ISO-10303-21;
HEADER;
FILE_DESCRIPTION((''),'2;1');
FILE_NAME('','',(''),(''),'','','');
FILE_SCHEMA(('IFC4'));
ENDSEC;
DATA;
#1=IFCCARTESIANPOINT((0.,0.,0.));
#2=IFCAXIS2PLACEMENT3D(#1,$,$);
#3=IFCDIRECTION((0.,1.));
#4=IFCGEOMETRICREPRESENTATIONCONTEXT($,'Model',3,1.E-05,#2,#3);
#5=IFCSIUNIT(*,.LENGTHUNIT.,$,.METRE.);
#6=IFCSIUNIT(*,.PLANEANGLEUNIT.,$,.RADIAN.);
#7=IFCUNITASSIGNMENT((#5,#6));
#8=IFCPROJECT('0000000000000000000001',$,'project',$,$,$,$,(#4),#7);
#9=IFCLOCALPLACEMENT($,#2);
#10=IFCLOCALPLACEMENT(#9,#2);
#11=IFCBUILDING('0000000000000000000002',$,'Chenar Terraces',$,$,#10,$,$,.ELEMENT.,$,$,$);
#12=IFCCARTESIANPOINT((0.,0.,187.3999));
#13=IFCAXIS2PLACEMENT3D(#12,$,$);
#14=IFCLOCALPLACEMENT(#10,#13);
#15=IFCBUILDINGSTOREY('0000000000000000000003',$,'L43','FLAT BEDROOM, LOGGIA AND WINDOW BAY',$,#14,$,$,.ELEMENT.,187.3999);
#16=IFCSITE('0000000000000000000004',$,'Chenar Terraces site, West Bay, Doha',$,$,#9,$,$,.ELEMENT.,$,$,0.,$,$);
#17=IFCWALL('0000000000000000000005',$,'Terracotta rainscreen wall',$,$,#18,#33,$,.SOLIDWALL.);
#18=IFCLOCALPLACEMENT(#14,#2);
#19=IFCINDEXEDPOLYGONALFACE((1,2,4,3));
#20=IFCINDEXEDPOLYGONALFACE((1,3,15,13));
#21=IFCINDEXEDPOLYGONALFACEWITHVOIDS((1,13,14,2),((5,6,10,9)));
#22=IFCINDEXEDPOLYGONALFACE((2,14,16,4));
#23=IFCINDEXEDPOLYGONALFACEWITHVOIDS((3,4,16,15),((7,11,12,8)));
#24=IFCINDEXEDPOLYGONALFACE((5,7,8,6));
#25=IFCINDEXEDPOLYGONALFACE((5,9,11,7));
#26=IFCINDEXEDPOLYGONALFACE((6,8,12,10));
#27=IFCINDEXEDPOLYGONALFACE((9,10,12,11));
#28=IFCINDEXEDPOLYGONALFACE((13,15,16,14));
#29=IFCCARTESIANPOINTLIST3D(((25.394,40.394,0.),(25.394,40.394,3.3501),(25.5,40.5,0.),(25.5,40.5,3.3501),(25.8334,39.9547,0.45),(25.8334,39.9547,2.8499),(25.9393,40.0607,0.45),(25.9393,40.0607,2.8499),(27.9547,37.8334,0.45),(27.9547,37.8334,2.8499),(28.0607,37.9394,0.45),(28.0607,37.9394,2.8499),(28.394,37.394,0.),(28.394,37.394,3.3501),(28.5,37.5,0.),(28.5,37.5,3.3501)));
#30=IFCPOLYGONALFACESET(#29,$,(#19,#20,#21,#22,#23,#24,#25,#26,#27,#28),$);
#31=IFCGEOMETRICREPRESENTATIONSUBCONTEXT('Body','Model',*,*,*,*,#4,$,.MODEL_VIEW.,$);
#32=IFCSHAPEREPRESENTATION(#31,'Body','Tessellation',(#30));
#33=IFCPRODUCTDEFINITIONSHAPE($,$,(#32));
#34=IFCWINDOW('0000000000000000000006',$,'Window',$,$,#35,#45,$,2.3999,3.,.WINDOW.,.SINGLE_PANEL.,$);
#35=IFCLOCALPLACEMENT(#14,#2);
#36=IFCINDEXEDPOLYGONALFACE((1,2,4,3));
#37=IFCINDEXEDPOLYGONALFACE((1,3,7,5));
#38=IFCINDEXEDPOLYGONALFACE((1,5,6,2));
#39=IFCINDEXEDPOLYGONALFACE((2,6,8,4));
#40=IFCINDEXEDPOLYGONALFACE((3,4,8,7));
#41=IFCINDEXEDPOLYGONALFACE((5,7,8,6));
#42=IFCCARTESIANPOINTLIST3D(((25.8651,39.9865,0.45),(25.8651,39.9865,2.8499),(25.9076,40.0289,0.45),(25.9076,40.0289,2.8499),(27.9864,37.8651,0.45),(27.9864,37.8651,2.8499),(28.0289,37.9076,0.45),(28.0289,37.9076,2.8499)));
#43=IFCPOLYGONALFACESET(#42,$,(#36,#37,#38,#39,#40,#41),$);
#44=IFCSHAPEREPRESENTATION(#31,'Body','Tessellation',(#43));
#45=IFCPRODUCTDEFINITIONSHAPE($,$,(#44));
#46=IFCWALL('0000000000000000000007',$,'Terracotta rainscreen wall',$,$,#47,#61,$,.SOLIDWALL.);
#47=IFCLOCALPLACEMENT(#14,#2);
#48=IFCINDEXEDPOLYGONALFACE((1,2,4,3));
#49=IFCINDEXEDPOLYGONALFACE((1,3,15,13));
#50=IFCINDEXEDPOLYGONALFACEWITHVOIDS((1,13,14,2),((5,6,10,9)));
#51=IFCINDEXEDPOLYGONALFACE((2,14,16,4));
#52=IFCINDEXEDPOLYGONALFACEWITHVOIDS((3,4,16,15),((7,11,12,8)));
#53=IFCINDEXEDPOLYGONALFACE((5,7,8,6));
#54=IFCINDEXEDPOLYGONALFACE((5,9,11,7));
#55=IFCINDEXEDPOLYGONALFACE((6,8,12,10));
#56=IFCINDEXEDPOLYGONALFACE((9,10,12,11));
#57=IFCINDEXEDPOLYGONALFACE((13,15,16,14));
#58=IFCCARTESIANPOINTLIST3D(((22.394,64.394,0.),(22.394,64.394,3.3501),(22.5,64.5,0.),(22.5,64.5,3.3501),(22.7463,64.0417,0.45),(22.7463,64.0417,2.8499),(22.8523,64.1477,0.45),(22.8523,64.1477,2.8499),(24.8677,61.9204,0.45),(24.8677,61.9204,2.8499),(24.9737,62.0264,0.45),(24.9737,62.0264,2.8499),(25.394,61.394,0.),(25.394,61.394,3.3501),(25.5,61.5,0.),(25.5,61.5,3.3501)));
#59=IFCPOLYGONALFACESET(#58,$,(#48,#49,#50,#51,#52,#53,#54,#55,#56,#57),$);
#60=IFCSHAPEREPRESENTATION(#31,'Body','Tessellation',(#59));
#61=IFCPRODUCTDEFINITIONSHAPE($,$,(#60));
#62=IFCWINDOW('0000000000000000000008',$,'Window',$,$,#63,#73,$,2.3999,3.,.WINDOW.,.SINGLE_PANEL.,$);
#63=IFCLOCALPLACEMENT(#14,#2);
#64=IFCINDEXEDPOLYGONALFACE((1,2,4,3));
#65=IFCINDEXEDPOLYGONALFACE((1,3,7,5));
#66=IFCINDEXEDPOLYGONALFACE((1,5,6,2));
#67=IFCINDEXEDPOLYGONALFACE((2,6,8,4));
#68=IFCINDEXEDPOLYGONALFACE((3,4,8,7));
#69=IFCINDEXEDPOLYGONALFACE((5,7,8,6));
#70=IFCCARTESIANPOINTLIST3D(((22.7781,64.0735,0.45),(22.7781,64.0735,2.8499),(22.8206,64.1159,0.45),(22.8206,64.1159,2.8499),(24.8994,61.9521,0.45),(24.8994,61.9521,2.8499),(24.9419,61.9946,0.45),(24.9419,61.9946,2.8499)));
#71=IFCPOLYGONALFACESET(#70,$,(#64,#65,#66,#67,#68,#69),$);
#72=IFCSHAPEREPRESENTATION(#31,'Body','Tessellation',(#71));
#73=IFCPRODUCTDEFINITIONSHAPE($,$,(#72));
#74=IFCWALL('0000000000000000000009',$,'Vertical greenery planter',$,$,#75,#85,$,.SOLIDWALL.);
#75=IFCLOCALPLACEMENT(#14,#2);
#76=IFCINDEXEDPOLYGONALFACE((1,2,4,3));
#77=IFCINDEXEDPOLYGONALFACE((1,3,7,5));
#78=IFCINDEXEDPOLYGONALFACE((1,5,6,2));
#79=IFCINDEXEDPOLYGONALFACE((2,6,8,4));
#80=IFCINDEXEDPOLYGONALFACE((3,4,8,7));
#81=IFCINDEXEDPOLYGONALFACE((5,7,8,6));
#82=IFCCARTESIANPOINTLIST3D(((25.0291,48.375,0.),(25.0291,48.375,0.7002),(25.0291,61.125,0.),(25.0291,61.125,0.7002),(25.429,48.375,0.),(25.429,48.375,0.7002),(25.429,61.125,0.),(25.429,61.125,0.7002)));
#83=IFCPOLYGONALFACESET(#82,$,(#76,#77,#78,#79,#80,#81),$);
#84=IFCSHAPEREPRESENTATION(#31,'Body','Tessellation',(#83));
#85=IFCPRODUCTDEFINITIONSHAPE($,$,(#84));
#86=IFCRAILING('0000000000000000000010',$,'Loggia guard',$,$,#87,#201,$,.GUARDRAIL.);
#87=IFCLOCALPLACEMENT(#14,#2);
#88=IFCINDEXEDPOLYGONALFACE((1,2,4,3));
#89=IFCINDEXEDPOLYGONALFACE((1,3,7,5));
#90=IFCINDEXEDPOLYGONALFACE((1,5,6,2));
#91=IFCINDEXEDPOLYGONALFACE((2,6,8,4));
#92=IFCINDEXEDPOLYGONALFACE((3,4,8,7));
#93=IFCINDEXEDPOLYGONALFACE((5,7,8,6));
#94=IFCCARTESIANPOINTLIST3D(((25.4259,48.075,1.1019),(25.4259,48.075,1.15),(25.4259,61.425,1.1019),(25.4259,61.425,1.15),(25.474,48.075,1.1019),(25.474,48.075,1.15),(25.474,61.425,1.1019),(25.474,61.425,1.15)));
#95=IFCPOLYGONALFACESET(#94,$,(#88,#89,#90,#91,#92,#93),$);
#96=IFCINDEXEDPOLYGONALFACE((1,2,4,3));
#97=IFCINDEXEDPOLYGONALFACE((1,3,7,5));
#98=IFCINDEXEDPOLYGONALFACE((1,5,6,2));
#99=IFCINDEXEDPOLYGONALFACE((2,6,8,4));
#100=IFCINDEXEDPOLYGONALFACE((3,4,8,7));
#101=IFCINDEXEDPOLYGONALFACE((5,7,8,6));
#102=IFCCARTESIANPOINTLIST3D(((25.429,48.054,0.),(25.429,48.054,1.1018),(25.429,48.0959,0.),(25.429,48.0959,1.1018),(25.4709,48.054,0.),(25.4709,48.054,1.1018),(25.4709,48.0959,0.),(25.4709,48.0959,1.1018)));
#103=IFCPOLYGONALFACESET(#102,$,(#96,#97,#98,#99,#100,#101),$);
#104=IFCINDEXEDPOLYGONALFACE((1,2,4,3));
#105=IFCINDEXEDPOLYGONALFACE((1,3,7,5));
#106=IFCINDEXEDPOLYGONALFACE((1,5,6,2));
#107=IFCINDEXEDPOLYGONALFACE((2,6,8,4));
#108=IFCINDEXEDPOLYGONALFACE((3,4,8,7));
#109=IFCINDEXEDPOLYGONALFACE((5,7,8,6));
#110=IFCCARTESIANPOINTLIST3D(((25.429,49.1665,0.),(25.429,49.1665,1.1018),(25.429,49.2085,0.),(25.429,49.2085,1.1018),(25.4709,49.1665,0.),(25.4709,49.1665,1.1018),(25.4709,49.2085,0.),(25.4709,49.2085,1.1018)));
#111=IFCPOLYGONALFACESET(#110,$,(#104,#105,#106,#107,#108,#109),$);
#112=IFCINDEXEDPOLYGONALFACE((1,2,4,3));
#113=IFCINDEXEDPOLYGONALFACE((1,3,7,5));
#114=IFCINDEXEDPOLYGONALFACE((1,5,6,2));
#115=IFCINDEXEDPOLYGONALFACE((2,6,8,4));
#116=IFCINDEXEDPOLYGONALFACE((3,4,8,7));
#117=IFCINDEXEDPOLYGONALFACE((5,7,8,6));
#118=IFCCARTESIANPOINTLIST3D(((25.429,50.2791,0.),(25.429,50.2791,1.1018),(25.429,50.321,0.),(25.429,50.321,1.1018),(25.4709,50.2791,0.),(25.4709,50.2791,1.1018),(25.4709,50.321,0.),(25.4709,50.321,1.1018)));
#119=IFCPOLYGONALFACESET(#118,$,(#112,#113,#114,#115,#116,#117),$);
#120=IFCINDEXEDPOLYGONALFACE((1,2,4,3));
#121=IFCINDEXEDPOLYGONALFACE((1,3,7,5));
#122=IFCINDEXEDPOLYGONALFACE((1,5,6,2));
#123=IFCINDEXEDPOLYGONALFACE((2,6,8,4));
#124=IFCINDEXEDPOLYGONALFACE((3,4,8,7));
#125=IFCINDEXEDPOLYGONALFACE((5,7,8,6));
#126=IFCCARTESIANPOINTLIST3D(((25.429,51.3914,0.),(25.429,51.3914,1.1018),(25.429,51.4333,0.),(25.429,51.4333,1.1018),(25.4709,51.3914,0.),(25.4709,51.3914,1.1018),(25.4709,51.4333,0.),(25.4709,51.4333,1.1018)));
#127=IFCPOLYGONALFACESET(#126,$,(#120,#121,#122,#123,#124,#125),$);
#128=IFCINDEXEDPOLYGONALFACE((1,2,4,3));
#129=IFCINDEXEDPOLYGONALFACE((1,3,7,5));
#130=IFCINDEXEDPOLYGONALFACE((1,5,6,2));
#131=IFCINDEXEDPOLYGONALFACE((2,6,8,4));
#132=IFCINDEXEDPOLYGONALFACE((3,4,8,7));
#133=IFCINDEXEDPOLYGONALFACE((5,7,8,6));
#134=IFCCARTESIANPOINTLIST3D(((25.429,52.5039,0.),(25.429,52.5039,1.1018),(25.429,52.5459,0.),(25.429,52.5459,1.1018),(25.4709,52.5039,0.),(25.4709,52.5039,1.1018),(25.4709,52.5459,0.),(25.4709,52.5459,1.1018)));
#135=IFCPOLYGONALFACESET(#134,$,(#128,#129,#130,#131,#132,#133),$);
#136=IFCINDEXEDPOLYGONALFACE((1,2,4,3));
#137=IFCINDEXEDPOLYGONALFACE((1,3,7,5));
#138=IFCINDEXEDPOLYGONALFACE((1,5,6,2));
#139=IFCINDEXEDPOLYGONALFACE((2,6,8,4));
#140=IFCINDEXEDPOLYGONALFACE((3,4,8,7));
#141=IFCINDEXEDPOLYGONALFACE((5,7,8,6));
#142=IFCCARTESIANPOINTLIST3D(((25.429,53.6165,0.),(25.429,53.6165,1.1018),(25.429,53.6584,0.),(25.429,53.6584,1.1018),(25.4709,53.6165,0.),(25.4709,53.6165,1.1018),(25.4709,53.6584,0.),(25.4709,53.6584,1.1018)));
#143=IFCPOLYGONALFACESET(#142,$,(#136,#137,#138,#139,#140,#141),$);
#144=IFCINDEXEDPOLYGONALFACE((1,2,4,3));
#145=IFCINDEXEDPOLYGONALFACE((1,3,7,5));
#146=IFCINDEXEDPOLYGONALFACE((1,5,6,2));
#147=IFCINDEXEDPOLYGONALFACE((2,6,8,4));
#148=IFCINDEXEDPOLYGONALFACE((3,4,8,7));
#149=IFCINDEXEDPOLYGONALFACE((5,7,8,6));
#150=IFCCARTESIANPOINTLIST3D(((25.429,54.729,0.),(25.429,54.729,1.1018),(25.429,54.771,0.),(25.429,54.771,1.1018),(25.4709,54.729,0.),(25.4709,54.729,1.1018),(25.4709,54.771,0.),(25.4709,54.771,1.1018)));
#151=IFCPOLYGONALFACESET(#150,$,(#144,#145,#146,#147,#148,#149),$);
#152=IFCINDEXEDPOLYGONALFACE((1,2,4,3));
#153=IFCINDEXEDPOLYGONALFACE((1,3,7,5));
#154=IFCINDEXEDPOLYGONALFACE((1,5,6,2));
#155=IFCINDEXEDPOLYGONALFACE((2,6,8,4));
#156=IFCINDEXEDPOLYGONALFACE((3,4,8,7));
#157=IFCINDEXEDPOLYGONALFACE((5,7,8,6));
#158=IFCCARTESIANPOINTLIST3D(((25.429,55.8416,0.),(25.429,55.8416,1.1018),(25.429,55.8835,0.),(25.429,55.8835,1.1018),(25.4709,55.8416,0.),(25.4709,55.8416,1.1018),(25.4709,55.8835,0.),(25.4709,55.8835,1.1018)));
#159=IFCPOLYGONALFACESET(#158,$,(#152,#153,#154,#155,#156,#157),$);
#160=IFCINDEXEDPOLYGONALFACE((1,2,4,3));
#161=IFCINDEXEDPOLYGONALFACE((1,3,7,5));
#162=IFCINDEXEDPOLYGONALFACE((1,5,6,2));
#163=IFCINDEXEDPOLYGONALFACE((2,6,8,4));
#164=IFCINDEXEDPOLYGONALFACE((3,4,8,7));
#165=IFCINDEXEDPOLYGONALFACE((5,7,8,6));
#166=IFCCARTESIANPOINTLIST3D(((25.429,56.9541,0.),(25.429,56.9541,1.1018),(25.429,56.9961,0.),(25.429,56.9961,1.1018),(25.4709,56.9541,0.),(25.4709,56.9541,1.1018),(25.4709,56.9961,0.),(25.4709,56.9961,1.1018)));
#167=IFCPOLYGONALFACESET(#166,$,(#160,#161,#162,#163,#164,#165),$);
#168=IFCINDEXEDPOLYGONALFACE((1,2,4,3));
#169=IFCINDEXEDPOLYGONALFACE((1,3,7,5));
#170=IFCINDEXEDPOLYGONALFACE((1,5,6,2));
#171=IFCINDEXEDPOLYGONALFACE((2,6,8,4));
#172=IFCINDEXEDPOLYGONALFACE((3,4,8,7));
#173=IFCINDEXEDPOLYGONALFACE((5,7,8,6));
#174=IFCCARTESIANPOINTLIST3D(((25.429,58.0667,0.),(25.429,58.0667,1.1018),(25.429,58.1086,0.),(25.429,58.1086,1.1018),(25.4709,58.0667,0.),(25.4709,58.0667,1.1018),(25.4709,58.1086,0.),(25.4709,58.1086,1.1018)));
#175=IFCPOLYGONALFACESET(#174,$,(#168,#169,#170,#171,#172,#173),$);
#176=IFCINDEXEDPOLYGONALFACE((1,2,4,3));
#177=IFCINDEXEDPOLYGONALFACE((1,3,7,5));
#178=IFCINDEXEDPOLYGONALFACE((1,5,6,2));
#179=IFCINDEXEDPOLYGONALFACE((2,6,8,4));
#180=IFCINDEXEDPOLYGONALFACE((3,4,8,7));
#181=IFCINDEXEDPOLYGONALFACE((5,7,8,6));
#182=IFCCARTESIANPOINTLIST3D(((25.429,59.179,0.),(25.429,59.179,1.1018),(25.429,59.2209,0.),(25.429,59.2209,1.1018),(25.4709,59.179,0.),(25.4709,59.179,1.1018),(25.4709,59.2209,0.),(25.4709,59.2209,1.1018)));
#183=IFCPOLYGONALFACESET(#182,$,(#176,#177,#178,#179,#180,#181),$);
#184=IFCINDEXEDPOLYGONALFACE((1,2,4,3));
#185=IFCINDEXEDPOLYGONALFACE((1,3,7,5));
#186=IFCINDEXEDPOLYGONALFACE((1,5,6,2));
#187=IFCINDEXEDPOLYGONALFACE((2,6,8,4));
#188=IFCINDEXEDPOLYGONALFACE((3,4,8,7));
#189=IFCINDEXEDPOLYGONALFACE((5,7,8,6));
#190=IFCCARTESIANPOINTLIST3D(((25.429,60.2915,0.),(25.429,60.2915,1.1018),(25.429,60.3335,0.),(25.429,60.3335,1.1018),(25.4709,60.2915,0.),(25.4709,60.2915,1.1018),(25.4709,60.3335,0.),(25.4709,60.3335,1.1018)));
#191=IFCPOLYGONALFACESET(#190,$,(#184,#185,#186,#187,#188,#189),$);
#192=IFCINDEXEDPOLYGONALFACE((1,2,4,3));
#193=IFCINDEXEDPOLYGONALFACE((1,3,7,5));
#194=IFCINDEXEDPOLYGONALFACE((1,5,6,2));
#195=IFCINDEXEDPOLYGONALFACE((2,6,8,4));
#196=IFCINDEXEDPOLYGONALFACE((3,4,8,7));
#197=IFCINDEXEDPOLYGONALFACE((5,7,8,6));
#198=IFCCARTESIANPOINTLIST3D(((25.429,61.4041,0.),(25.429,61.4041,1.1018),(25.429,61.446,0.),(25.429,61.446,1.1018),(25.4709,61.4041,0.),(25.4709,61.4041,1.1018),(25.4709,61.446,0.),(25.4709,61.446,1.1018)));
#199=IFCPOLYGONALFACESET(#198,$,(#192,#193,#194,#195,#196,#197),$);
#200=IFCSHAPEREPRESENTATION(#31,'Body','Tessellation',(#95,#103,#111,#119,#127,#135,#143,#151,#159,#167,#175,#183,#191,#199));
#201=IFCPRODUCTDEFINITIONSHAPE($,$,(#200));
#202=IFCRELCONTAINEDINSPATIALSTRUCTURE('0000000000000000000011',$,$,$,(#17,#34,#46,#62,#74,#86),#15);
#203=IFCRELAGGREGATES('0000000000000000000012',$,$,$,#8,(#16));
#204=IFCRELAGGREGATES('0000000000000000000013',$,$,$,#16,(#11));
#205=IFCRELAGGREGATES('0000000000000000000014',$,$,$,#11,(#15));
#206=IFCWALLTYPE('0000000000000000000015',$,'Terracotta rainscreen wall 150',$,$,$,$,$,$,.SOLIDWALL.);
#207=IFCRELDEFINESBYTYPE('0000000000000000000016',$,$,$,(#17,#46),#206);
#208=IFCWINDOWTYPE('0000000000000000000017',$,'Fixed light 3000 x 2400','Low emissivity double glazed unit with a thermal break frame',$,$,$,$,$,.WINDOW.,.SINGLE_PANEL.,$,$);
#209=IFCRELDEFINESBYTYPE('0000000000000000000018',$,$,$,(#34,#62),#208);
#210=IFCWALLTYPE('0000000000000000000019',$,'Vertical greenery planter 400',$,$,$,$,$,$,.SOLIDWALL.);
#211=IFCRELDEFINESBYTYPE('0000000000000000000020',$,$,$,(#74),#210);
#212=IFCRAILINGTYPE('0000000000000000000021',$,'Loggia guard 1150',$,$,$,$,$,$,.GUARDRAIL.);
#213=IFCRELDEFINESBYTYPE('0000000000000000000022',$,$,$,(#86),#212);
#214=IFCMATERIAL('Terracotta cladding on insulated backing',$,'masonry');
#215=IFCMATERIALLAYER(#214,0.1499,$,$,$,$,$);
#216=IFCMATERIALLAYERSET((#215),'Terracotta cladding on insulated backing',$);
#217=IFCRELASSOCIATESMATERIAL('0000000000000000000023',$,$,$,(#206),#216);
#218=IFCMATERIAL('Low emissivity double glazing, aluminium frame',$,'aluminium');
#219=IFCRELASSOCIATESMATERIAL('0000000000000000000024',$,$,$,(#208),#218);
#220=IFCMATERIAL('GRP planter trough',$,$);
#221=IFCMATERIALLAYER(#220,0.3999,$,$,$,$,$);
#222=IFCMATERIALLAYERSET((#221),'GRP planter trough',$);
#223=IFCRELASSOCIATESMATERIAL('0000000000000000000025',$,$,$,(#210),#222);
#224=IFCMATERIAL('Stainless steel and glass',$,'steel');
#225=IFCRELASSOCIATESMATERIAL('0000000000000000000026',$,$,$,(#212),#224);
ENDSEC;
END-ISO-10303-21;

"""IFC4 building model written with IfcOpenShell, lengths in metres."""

from ifc_helpers import new_model, si_unit, direction, frame, frame_2d, origin, origin_2d, place, context, subcontext, project, spatial, rectangle, extrude, material, layer, layer_set, type_object, element, fill, save


model = new_model("IFC4")

# Units and contexts
model_context = context("Model", 3, precision=1e-05, world=origin(), true_north=direction((0.0, 1.0)))
body_context = subcontext(model_context, "Body", "Model", "MODEL_VIEW")
ifc_project = project(units=[si_unit("LENGTHUNIT", "METRE"), si_unit("PLANEANGLEUNIT", "RADIAN")], contexts=[model_context])

# Site, building, storey
site_placement = place(None, origin())
site = spatial("IfcSite", under=ifc_project, at=site_placement, Name="Chenar Terraces site, West Bay, Doha", CompositionType="ELEMENT", RefElevation=0.0)
building_placement = place(site_placement, origin())
building = spatial("IfcBuilding", under=site, at=building_placement, Name="Chenar Terraces", CompositionType="ELEMENT")
storey_placement = place(building_placement, frame((0.0, 0.0, 187.3999)))
storey = spatial("IfcBuildingStorey", under=building, at=storey_placement, Name="L43", Description="FLAT BEDROOM, LOGGIA AND WINDOW BAY", CompositionType="ELEMENT", Elevation=187.3999)

# Walls, openings, windows
ifc_material_1 = material(Name="Terracotta cladding on insulated backing", Category="masonry")
ifc_layer_1 = layer(ifc_material_1, 0.1499)
ifc_layer_set_1 = layer_set([ifc_layer_1], Name="Terracotta cladding on insulated backing")
wall_type_1 = type_object("IfcWallType", Name="Terracotta rainscreen wall 150", PredefinedType="SOLIDWALL", material=ifc_layer_set_1)
wall_1_placement = place(storey_placement, frame((28.447, 37.447, 0.0), z_axis=(0.0, 0.0, 1.0), x_axis=(-0.707107, 0.707107, 0.0)))
wall_1 = element("IfcWall", 1, at=wall_1_placement, inside=storey, type_object=wall_type_1, Name="Terracotta rainscreen wall", PredefinedType="SOLIDWALL", context=body_context, shape_type="SweptSolid", body=[
    extrude(rectangle(XDim=4.2427, YDim=0.1499, at=frame_2d((2.1213, 0.0))), origin(), (0.0, 0.0, 1.0), 3.3501),
])
opening_1_placement = place(wall_1_placement, frame((0.6213, 0.0, 0.45)))
opening_1 = element("IfcOpeningElement", 2, at=opening_1_placement, cuts=wall_1, PredefinedType="OPENING", context=body_context, shape_type="SweptSolid", body=[
    extrude(rectangle(XDim=3.0, YDim=2.3999, at=frame_2d((1.5, 1.2))), frame((0.0, 0.085, 0.0), z_axis=(0.0, -1.0, 0.0), x_axis=(1.0, 0.0, 0.0)), (0.0, 0.0, 1.0), 0.1699),
])
ifc_material_2 = material(Name="Low emissivity double glazing, aluminium frame", Category="aluminium")
window_type_1 = type_object("IfcWindowType", Name="Fixed light 3000 x 2400", Description="Low emissivity double glazed unit with a thermal break frame", PartitioningType="SINGLE_PANEL", PredefinedType="WINDOW", material=ifc_material_2)
window_1_placement = place(opening_1_placement, origin())
window_1 = element("IfcWindow", 3, at=window_1_placement, inside=storey, type_object=window_type_1, Name="Window", OverallHeight=2.3999, OverallWidth=3.0, PartitioningType="SINGLE_PANEL", PredefinedType="WINDOW", context=body_context, shape_type="SweptSolid", body=[
    extrude(rectangle(XDim=3.0, YDim=2.3999, at=frame_2d((1.5, 1.2))), frame((0.0, 0.03, 0.0), z_axis=(0.0, -1.0, 0.0), x_axis=(1.0, 0.0, 0.0)), (0.0, 0.0, 1.0), 0.0601),
])
fill(opening_1, window_1)
wall_2_placement = place(storey_placement, frame((25.447, 61.447, 0.0), z_axis=(0.0, 0.0, 1.0), x_axis=(-0.707107, 0.707107, 0.0)))
wall_2 = element("IfcWall", 4, at=wall_2_placement, inside=storey, type_object=wall_type_1, Name="Terracotta rainscreen wall", PredefinedType="SOLIDWALL", context=body_context, shape_type="SweptSolid", body=[
    extrude(rectangle(XDim=4.2427, YDim=0.1499, at=frame_2d((2.1213, 0.0))), origin(), (0.0, 0.0, 1.0), 3.3501),
])
opening_2_placement = place(wall_2_placement, frame((0.7444, 0.0, 0.45)))
opening_2 = element("IfcOpeningElement", 5, at=opening_2_placement, cuts=wall_2, PredefinedType="OPENING", context=body_context, shape_type="SweptSolid", body=[
    extrude(rectangle(XDim=3.0, YDim=2.3999, at=frame_2d((1.5, 1.2))), frame((0.0, 0.085, 0.0), z_axis=(0.0, -1.0, 0.0), x_axis=(1.0, 0.0, 0.0)), (0.0, 0.0, 1.0), 0.1699),
])
window_2_placement = place(opening_2_placement, origin())
window_2 = element("IfcWindow", 6, at=window_2_placement, inside=storey, type_object=window_type_1, Name="Window", OverallHeight=2.3999, OverallWidth=3.0, PartitioningType="SINGLE_PANEL", PredefinedType="WINDOW", context=body_context, shape_type="SweptSolid", body=[
    extrude(rectangle(XDim=3.0, YDim=2.3999, at=frame_2d((1.5, 1.2))), frame((0.0, 0.03, 0.0), z_axis=(0.0, -1.0, 0.0), x_axis=(1.0, 0.0, 0.0)), (0.0, 0.0, 1.0), 0.0601),
])
fill(opening_2, window_2)

# Wall
ifc_material_3 = material(Name="GRP planter trough")
ifc_layer_2 = layer(ifc_material_3, 0.3999)
ifc_layer_set_2 = layer_set([ifc_layer_2], Name="GRP planter trough")
wall_type_2 = type_object("IfcWallType", Name="Vertical greenery planter 400", PredefinedType="SOLIDWALL", material=ifc_layer_set_2)
wall_3_placement = place(storey_placement, frame((25.229, 48.375, 0.0), z_axis=(0.0, 0.0, 1.0), x_axis=(0.0, 1.0, 0.0)))
element("IfcWall", 7, at=wall_3_placement, inside=storey, type_object=wall_type_2, Name="Vertical greenery planter", PredefinedType="SOLIDWALL", context=body_context, shape_type="SweptSolid", body=[
    extrude(rectangle(XDim=12.75, YDim=0.3999, at=frame_2d((6.375, 0.0))), origin(), (0.0, 0.0, 1.0), 0.7002),
])

# Railing
ifc_material_4 = material(Name="Stainless steel and glass", Category="steel")
railing_type = type_object("IfcRailingType", Name="Loggia guard 1150", PredefinedType="GUARDRAIL", material=ifc_material_4)
railing_placement = place(storey_placement, frame((25.45, 48.075, 0.0)))
element("IfcRailing", 8, at=railing_placement, inside=storey, type_object=railing_type, Name="Loggia guard", PredefinedType="GUARDRAIL", context=body_context, shape_type="SweptSolid", body=[
    extrude(rectangle(XDim=0.0481, YDim=0.0481, at=origin_2d()), frame((0.0, 0.0, 1.126), z_axis=(0.0, 1.0, 0.0), x_axis=(-1.0, 0.0, 0.0)), (0.0, 0.0, 1.0), 13.3501),
    extrude(rectangle(XDim=0.042, YDim=0.042, at=origin_2d()), origin(), (0.0, 0.0, 1.0), 1.1018),
    extrude(rectangle(XDim=0.042, YDim=0.042, at=origin_2d()), frame((0.0, 1.1125, 0.0)), (0.0, 0.0, 1.0), 1.1018),
    extrude(rectangle(XDim=0.042, YDim=0.042, at=origin_2d()), frame((0.0, 2.2251, 0.0)), (0.0, 0.0, 1.0), 1.1018),
    extrude(rectangle(XDim=0.042, YDim=0.042, at=origin_2d()), frame((0.0, 3.3374, 0.0)), (0.0, 0.0, 1.0), 1.1018),
    extrude(rectangle(XDim=0.042, YDim=0.042, at=origin_2d()), frame((0.0, 4.45, 0.0)), (0.0, 0.0, 1.0), 1.1018),
    extrude(rectangle(XDim=0.042, YDim=0.042, at=origin_2d()), frame((0.0, 5.5625, 0.0)), (0.0, 0.0, 1.0), 1.1018),
    extrude(rectangle(XDim=0.042, YDim=0.042, at=origin_2d()), frame((0.0, 6.675, 0.0)), (0.0, 0.0, 1.0), 1.1018),
    extrude(rectangle(XDim=0.042, YDim=0.042, at=origin_2d()), frame((0.0, 7.7876, 0.0)), (0.0, 0.0, 1.0), 1.1018),
    extrude(rectangle(XDim=0.042, YDim=0.042, at=origin_2d()), frame((0.0, 8.9001, 0.0)), (0.0, 0.0, 1.0), 1.1018),
    extrude(rectangle(XDim=0.042, YDim=0.042, at=origin_2d()), frame((0.0, 10.0127, 0.0)), (0.0, 0.0, 1.0), 1.1018),
    extrude(rectangle(XDim=0.042, YDim=0.042, at=origin_2d()), frame((0.0, 11.125, 0.0)), (0.0, 0.0, 1.0), 1.1018),
    extrude(rectangle(XDim=0.042, YDim=0.042, at=origin_2d()), frame((0.0, 12.2375, 0.0)), (0.0, 0.0, 1.0), 1.1018),
    extrude(rectangle(XDim=0.042, YDim=0.042, at=origin_2d()), frame((0.0, 13.3501, 0.0)), (0.0, 0.0, 1.0), 1.1018),
])

save(model, "model.ifc")
